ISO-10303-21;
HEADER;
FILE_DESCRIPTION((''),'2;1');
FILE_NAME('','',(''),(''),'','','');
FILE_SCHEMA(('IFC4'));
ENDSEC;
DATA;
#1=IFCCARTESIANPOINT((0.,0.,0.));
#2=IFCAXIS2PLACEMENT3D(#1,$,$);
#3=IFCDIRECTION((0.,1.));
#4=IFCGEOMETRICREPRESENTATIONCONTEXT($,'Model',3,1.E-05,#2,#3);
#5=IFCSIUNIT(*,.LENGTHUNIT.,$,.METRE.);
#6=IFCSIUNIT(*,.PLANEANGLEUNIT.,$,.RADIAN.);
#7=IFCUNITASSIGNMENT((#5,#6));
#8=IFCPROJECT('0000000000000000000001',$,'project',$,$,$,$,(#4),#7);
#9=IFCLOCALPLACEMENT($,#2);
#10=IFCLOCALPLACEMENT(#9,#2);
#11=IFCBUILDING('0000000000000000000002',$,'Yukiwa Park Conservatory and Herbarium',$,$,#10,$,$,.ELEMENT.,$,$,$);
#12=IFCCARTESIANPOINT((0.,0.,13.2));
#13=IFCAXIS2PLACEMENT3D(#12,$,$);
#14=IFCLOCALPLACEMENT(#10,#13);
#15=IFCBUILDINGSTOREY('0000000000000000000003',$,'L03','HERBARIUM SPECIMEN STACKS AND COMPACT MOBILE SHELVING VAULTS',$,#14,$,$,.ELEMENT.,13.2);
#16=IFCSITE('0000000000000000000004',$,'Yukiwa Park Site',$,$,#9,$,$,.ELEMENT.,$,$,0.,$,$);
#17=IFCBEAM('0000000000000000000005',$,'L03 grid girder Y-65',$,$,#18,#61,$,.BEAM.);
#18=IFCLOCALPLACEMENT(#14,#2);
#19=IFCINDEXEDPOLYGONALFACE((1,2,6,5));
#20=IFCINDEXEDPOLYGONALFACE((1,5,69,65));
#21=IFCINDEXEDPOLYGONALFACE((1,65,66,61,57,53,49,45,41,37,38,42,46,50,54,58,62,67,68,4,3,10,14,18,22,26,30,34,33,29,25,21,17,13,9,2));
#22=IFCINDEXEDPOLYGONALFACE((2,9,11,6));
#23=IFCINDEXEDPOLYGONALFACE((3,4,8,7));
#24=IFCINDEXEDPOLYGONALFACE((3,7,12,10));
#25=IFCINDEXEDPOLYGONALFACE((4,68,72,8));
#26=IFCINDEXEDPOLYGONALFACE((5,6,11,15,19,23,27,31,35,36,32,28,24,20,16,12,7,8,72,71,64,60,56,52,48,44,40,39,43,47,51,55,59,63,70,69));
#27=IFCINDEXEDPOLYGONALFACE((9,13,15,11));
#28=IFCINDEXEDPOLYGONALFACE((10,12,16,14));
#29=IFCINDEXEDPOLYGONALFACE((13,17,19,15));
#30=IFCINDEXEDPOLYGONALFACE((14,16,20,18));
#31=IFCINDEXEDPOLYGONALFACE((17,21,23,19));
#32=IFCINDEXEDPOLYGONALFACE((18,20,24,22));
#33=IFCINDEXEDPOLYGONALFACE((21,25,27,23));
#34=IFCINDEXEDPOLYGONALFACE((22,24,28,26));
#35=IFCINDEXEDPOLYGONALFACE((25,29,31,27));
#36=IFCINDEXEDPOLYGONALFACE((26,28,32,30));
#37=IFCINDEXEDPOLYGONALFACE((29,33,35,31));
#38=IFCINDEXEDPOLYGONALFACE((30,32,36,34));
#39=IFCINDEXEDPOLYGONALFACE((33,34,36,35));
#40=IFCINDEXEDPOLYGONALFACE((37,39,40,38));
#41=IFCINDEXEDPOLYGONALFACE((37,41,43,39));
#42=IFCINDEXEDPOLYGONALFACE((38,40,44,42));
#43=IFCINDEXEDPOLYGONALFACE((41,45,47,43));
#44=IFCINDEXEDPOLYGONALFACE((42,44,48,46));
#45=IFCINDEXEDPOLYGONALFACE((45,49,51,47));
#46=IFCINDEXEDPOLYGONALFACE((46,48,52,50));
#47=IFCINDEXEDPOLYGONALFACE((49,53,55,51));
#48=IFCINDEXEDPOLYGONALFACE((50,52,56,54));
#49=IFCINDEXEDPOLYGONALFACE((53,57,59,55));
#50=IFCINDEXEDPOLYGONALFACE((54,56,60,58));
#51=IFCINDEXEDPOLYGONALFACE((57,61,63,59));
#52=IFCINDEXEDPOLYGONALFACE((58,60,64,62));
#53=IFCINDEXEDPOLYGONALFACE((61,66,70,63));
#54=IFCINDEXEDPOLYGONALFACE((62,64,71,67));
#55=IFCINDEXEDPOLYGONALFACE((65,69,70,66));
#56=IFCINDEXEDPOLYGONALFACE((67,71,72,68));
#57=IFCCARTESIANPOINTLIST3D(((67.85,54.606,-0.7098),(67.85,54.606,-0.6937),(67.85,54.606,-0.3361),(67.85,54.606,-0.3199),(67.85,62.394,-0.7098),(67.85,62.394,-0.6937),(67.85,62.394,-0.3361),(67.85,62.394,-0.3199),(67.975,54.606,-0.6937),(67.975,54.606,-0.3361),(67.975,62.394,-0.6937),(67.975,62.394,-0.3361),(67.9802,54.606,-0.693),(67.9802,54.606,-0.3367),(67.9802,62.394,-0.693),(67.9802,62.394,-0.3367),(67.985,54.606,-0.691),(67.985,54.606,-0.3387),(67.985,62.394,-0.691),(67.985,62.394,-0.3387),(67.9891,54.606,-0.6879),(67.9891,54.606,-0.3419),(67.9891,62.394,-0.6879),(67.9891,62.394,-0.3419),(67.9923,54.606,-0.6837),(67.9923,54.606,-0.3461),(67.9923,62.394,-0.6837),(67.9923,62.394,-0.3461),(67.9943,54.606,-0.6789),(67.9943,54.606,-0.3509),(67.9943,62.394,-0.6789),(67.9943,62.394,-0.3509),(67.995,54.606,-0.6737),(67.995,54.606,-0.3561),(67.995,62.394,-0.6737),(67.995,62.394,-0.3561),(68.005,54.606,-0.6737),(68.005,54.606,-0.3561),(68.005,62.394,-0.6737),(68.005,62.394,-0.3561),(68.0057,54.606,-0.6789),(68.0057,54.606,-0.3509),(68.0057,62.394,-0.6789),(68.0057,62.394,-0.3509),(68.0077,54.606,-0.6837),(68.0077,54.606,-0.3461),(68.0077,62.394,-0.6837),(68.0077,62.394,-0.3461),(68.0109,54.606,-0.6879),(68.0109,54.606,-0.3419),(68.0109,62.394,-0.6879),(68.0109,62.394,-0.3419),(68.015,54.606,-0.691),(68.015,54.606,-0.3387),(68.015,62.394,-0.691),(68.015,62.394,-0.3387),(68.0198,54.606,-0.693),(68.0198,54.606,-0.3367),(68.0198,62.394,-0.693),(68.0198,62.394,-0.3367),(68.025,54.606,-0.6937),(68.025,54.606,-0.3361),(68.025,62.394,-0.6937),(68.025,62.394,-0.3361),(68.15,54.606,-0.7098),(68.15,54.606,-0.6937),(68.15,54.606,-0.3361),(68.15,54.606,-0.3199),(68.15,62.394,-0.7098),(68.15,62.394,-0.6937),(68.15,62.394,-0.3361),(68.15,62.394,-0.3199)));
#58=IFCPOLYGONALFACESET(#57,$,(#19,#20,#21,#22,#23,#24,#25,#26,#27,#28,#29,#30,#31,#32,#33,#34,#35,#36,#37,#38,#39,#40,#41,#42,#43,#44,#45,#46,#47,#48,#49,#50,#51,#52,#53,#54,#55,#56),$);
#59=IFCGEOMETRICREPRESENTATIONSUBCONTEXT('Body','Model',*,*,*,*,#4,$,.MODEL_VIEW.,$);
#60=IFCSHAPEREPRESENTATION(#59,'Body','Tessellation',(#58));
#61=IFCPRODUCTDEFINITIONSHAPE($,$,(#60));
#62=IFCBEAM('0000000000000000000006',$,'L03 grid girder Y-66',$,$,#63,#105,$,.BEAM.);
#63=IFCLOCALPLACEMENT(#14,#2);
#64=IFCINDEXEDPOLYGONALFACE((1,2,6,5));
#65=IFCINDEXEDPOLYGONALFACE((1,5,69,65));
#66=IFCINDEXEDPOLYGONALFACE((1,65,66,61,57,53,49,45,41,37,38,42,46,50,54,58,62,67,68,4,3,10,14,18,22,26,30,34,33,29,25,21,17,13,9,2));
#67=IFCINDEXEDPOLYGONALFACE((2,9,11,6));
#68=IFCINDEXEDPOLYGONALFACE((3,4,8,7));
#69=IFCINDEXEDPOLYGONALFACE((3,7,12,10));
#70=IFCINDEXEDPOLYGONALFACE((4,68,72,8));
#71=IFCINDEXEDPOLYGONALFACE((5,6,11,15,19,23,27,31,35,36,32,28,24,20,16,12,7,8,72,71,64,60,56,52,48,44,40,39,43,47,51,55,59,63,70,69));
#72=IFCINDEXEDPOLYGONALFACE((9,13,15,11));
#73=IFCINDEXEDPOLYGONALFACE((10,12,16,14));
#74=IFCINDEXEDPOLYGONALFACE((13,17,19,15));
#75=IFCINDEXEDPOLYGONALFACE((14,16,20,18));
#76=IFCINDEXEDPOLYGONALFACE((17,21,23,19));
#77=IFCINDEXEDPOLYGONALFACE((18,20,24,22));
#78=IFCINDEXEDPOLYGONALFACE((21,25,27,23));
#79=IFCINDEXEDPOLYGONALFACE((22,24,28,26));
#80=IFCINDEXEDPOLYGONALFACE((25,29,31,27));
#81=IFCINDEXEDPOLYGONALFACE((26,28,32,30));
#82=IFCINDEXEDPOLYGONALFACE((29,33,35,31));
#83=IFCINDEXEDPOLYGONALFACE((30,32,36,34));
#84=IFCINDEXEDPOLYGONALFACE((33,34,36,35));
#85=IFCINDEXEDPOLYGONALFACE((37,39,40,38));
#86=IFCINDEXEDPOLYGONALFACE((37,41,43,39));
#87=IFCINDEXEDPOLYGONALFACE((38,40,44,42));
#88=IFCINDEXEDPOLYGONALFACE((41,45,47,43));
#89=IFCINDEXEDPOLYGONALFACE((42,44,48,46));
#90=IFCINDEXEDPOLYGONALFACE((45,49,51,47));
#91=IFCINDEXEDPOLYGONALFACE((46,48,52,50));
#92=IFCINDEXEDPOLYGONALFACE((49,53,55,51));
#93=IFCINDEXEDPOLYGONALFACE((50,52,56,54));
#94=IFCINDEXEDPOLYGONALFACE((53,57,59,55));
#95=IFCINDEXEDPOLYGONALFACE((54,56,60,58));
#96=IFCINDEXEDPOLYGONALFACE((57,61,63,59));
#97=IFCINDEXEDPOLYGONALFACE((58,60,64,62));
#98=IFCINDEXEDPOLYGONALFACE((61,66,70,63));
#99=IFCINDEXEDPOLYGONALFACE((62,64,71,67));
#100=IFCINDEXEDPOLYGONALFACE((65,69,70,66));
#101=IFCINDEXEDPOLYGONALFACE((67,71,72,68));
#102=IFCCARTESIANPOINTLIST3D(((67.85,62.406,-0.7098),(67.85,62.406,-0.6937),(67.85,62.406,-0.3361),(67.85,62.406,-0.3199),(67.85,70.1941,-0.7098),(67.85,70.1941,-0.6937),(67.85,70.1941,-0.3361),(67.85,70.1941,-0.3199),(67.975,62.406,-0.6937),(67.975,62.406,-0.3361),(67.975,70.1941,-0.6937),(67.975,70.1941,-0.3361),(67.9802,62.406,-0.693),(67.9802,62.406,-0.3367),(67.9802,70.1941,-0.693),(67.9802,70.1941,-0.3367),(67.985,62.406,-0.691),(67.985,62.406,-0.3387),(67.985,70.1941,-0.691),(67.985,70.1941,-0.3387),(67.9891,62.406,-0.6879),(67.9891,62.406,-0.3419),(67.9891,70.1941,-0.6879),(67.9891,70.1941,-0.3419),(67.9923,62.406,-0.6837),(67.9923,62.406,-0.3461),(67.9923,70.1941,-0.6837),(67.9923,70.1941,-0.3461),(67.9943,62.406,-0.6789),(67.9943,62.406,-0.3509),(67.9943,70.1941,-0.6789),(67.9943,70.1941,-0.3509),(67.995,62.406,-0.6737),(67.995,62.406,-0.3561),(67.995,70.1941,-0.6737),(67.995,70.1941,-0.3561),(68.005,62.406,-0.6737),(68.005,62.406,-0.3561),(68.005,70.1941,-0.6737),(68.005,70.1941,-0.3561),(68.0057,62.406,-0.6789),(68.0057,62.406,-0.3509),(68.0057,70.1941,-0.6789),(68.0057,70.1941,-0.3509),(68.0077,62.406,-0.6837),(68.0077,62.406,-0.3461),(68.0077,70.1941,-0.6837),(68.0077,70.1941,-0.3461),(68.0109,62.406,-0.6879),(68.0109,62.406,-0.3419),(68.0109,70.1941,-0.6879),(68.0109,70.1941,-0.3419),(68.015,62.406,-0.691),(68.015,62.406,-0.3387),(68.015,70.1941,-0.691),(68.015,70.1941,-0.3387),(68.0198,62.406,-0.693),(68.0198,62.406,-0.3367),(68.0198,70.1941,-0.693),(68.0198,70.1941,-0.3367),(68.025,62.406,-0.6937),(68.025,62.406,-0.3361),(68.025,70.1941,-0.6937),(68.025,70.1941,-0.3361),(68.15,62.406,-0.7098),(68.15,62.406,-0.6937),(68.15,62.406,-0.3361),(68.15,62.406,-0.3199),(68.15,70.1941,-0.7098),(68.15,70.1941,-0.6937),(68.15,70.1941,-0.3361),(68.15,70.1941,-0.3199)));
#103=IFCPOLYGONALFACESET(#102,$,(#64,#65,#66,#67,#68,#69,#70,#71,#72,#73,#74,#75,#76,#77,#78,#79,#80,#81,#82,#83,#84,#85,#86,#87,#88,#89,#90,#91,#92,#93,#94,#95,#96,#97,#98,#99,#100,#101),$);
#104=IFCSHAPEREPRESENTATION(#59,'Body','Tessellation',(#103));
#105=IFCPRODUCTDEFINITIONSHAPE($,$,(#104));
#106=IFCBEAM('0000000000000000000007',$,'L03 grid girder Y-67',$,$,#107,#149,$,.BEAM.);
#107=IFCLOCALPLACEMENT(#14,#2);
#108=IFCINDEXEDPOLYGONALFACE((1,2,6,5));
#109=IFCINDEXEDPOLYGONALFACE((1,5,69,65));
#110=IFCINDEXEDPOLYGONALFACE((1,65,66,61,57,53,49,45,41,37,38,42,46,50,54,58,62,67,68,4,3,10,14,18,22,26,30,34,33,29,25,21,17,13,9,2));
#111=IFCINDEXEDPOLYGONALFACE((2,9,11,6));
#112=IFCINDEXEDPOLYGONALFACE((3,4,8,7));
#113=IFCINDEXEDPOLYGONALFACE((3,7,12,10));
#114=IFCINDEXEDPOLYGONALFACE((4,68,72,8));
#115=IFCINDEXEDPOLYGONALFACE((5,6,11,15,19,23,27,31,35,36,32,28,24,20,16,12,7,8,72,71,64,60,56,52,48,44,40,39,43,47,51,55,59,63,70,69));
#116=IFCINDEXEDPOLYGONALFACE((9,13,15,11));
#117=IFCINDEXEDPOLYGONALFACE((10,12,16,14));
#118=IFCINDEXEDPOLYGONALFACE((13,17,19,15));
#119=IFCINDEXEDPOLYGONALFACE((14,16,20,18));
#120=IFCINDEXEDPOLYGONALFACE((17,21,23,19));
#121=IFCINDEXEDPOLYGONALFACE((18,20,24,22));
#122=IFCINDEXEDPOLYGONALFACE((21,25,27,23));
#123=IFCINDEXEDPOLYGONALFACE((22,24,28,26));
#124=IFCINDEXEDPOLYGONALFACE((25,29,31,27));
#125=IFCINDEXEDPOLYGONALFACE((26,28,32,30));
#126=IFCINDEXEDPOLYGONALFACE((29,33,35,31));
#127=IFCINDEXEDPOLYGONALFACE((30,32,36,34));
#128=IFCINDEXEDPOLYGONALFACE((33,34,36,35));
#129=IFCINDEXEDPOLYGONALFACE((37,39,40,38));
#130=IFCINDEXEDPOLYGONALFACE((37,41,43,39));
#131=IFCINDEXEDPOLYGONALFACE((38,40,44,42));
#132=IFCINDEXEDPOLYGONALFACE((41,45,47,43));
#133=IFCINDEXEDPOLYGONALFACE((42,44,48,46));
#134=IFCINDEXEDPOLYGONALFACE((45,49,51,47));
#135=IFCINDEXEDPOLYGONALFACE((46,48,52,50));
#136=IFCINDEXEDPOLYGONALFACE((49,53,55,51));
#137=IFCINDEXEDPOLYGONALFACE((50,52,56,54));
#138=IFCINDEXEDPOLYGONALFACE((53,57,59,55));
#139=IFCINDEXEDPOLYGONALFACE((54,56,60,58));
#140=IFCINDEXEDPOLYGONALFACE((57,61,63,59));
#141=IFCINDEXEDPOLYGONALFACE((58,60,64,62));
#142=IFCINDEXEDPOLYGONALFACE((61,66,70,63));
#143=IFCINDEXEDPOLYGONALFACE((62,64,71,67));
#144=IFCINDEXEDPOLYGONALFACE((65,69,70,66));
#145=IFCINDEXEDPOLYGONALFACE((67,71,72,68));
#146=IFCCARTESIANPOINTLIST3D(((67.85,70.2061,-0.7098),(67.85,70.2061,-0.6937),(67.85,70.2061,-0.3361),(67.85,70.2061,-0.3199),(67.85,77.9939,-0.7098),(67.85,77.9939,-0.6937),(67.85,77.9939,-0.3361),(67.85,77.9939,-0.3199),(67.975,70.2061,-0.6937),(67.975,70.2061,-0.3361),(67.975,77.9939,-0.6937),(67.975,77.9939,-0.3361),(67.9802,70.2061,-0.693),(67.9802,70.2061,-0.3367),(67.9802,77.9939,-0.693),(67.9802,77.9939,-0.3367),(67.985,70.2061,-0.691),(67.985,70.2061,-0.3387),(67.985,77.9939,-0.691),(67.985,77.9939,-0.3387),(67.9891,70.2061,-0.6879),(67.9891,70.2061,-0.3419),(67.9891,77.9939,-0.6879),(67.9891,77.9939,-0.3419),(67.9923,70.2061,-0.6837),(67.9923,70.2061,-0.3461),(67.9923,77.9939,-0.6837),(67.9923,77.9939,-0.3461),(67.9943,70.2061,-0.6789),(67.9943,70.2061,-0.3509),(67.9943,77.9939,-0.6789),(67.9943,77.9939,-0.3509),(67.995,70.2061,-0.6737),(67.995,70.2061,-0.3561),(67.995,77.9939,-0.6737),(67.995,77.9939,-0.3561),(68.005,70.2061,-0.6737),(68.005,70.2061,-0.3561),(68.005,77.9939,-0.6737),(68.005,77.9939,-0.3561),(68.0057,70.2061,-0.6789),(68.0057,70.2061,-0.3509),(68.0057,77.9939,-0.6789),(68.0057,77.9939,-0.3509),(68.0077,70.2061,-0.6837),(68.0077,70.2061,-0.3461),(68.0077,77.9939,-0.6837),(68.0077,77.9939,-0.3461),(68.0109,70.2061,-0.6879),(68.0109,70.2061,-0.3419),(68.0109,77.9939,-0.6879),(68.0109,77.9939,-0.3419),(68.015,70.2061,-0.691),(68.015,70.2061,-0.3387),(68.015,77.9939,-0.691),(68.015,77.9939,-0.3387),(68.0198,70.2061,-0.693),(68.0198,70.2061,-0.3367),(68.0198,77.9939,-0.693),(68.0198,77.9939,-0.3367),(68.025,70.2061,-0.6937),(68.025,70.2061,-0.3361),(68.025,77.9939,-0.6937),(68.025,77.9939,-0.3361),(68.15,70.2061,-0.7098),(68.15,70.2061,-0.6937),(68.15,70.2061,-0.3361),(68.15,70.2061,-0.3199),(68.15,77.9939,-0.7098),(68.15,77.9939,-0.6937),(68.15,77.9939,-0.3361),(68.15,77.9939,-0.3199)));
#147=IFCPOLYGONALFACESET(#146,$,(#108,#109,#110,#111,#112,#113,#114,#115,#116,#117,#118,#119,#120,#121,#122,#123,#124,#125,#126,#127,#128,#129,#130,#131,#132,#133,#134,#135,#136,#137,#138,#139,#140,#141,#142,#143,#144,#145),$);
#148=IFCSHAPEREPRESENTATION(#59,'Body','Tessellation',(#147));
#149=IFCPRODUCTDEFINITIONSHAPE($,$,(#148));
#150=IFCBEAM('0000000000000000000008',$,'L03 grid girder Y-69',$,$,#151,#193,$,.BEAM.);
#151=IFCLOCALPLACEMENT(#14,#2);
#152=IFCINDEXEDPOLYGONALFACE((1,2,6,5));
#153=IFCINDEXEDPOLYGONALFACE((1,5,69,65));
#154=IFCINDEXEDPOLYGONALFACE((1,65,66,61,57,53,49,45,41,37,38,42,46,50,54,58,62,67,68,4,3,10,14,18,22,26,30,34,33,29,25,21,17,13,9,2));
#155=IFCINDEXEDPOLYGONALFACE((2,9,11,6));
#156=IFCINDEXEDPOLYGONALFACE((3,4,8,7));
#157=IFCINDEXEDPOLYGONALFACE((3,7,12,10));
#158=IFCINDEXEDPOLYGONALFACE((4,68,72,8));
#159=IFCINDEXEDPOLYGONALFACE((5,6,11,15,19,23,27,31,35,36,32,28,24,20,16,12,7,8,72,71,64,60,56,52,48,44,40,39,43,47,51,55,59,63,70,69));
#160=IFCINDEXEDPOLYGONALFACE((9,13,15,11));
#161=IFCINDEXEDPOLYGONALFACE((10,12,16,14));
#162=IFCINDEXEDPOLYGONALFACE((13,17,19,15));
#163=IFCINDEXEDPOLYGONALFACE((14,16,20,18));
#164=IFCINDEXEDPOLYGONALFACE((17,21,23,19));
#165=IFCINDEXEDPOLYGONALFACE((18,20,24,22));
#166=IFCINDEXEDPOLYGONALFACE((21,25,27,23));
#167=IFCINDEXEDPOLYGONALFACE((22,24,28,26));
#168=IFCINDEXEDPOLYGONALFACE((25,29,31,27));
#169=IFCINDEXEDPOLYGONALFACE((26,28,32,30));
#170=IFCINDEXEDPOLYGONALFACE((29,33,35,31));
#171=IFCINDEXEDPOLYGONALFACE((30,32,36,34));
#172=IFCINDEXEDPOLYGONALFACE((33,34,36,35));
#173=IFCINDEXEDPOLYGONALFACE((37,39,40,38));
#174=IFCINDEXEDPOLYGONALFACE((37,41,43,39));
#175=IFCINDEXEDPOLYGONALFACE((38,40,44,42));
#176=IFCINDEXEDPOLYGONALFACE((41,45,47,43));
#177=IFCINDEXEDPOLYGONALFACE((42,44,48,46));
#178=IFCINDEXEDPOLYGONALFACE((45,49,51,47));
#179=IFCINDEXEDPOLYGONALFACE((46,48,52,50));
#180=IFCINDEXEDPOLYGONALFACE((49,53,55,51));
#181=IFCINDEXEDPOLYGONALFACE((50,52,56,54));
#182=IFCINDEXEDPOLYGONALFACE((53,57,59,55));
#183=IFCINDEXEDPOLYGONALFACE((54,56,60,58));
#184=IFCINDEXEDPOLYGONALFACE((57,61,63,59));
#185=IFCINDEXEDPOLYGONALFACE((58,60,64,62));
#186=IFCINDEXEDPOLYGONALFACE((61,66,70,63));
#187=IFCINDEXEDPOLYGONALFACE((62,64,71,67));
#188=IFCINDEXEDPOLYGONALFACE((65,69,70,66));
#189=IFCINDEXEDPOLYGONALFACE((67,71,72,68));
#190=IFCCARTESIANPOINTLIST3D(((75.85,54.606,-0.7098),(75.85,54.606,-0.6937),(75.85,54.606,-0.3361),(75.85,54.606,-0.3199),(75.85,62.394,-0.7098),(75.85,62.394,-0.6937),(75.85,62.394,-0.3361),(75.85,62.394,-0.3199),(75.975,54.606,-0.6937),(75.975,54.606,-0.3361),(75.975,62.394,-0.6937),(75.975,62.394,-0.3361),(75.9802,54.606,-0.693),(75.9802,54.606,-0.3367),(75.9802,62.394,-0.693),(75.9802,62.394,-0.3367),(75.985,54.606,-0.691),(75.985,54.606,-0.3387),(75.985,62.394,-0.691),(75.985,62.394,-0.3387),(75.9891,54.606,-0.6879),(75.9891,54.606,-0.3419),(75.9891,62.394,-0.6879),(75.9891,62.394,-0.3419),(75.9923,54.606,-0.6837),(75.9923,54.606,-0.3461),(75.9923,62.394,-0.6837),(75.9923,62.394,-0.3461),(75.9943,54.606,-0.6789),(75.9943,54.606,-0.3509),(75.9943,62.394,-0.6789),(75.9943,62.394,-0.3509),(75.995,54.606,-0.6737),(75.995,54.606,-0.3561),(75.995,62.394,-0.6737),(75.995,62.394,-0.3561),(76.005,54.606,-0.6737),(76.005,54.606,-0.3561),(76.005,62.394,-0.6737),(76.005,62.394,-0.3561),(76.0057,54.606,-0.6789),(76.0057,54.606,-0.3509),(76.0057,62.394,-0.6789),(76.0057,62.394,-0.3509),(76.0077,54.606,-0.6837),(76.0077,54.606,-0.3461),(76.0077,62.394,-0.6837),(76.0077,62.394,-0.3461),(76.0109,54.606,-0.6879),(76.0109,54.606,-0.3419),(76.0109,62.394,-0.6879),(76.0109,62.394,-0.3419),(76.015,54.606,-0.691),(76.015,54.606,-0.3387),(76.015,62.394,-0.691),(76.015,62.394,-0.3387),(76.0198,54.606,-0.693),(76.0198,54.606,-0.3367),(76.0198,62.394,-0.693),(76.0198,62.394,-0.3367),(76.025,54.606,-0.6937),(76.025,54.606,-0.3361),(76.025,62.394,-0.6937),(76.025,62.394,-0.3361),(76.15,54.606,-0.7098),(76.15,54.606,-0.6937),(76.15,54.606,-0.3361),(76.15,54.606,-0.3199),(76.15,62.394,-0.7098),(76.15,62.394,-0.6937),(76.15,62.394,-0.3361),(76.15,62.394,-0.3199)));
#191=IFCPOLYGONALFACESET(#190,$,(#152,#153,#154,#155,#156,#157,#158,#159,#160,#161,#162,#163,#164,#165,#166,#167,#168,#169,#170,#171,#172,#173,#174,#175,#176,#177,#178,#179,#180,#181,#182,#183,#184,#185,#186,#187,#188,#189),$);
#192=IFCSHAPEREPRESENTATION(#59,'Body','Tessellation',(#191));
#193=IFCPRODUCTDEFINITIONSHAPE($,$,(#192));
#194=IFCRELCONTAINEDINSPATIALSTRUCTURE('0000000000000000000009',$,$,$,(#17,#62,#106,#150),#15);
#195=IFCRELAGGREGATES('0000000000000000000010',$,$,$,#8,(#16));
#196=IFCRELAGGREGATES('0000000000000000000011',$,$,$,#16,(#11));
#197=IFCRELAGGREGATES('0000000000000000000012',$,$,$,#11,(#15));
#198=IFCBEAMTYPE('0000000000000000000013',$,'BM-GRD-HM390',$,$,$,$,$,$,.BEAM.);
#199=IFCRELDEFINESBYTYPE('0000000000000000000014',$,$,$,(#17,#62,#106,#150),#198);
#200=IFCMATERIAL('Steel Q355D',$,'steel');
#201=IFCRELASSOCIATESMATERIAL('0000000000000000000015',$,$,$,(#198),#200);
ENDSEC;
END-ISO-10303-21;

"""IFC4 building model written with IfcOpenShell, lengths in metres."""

from ifc_helpers import new_model, si_unit, direction, frame, origin, origin_2d, place, context, subcontext, project, spatial, i_section, extrude, material, material_profile, profile_set, type_object, element, save


model = new_model("IFC4")

# Units and contexts
model_context = context("Model", 3, precision=1e-05, world=origin(), true_north=direction((0.0, 1.0)))
body_context = subcontext(model_context, "Body", "Model", "MODEL_VIEW")
ifc_project = project(units=[si_unit("LENGTHUNIT", "METRE"), si_unit("PLANEANGLEUNIT", "RADIAN")], contexts=[model_context])

# Site, building, storey
site_placement = place(None, origin())
site = spatial("IfcSite", under=ifc_project, at=site_placement, Name="Yukiwa Park Site", CompositionType="ELEMENT", RefElevation=0.0)
building_placement = place(site_placement, origin())
building = spatial("IfcBuilding", under=site, at=building_placement, Name="Yukiwa Park Conservatory and Herbarium", CompositionType="ELEMENT")
storey_placement = place(building_placement, frame((0.0, 0.0, 13.2)))
storey = spatial("IfcBuildingStorey", under=building, at=storey_placement, Name="L03", Description="HERBARIUM SPECIMEN STACKS AND COMPACT MOBILE SHELVING VAULTS", CompositionType="ELEMENT", Elevation=13.2)

# Beams
ifc_material_1 = material(Name="Steel Q355D", Category="steel")
ifc_material_profile_1 = material_profile(ifc_material_1, i_section(OverallWidth=0.3, OverallDepth=0.3899, WebThickness=0.01, FlangeThickness=0.0161, FilletRadius=0.02, at=origin_2d()), Name="HM 390x300x10x16")
ifc_profile_set_1 = profile_set([ifc_material_profile_1], Name="Steel Q355D")
beam_type_1 = type_object("IfcBeamType", Name="BM-GRD-HM390", PredefinedType="BEAM", material=ifc_profile_set_1)
for number, where, z_axis, x_axis, name in (
    (1, (68.0, 54.606, -0.5149), (0.0, 1.0, 0.0), (-1.0, 0.0, 0.0), "L03 grid girder Y-65"),
    (2, (68.0, 62.406, -0.5149), (0.0, 1.0, 0.0), (-1.0, 0.0, 0.0), "L03 grid girder Y-66"),
):
    element("IfcBeam", number, at=place(storey_placement, frame(where, z_axis=z_axis, x_axis=x_axis)), inside=storey, type_object=beam_type_1, Name=name, PredefinedType="BEAM", context=body_context, shape_type="SweptSolid", body=[
        extrude(i_section(OverallWidth=0.3, OverallDepth=0.3899, WebThickness=0.01, FlangeThickness=0.0161, FilletRadius=0.02, at=origin_2d()), origin(), (0.0, 0.0, 1.0), 7.7881),
    ])
beam_1_placement = place(storey_placement, frame((68.0, 70.2061, -0.5149), z_axis=(0.0, 1.0, 0.0), x_axis=(-1.0, 0.0, 0.0)))
element("IfcBeam", 3, at=beam_1_placement, inside=storey, type_object=beam_type_1, Name="L03 grid girder Y-67", PredefinedType="BEAM", context=body_context, shape_type="SweptSolid", body=[
    extrude(i_section(OverallWidth=0.3, OverallDepth=0.3899, WebThickness=0.01, FlangeThickness=0.0161, FilletRadius=0.02, at=origin_2d()), origin(), (0.0, 0.0, 1.0), 7.7878),
])
for number, where, z_axis, x_axis, name in (
    (4, (76.0, 54.606, -0.5149), (0.0, 1.0, 0.0), (-1.0, 0.0, 0.0), "L03 grid girder Y-69"),
):
    element("IfcBeam", number, at=place(storey_placement, frame(where, z_axis=z_axis, x_axis=x_axis)), inside=storey, type_object=beam_type_1, Name=name, PredefinedType="BEAM", context=body_context, shape_type="SweptSolid", body=[
        extrude(i_section(OverallWidth=0.3, OverallDepth=0.3899, WebThickness=0.01, FlangeThickness=0.0161, FilletRadius=0.02, at=origin_2d()), origin(), (0.0, 0.0, 1.0), 7.7881),
    ])

save(model, "model.ifc")
